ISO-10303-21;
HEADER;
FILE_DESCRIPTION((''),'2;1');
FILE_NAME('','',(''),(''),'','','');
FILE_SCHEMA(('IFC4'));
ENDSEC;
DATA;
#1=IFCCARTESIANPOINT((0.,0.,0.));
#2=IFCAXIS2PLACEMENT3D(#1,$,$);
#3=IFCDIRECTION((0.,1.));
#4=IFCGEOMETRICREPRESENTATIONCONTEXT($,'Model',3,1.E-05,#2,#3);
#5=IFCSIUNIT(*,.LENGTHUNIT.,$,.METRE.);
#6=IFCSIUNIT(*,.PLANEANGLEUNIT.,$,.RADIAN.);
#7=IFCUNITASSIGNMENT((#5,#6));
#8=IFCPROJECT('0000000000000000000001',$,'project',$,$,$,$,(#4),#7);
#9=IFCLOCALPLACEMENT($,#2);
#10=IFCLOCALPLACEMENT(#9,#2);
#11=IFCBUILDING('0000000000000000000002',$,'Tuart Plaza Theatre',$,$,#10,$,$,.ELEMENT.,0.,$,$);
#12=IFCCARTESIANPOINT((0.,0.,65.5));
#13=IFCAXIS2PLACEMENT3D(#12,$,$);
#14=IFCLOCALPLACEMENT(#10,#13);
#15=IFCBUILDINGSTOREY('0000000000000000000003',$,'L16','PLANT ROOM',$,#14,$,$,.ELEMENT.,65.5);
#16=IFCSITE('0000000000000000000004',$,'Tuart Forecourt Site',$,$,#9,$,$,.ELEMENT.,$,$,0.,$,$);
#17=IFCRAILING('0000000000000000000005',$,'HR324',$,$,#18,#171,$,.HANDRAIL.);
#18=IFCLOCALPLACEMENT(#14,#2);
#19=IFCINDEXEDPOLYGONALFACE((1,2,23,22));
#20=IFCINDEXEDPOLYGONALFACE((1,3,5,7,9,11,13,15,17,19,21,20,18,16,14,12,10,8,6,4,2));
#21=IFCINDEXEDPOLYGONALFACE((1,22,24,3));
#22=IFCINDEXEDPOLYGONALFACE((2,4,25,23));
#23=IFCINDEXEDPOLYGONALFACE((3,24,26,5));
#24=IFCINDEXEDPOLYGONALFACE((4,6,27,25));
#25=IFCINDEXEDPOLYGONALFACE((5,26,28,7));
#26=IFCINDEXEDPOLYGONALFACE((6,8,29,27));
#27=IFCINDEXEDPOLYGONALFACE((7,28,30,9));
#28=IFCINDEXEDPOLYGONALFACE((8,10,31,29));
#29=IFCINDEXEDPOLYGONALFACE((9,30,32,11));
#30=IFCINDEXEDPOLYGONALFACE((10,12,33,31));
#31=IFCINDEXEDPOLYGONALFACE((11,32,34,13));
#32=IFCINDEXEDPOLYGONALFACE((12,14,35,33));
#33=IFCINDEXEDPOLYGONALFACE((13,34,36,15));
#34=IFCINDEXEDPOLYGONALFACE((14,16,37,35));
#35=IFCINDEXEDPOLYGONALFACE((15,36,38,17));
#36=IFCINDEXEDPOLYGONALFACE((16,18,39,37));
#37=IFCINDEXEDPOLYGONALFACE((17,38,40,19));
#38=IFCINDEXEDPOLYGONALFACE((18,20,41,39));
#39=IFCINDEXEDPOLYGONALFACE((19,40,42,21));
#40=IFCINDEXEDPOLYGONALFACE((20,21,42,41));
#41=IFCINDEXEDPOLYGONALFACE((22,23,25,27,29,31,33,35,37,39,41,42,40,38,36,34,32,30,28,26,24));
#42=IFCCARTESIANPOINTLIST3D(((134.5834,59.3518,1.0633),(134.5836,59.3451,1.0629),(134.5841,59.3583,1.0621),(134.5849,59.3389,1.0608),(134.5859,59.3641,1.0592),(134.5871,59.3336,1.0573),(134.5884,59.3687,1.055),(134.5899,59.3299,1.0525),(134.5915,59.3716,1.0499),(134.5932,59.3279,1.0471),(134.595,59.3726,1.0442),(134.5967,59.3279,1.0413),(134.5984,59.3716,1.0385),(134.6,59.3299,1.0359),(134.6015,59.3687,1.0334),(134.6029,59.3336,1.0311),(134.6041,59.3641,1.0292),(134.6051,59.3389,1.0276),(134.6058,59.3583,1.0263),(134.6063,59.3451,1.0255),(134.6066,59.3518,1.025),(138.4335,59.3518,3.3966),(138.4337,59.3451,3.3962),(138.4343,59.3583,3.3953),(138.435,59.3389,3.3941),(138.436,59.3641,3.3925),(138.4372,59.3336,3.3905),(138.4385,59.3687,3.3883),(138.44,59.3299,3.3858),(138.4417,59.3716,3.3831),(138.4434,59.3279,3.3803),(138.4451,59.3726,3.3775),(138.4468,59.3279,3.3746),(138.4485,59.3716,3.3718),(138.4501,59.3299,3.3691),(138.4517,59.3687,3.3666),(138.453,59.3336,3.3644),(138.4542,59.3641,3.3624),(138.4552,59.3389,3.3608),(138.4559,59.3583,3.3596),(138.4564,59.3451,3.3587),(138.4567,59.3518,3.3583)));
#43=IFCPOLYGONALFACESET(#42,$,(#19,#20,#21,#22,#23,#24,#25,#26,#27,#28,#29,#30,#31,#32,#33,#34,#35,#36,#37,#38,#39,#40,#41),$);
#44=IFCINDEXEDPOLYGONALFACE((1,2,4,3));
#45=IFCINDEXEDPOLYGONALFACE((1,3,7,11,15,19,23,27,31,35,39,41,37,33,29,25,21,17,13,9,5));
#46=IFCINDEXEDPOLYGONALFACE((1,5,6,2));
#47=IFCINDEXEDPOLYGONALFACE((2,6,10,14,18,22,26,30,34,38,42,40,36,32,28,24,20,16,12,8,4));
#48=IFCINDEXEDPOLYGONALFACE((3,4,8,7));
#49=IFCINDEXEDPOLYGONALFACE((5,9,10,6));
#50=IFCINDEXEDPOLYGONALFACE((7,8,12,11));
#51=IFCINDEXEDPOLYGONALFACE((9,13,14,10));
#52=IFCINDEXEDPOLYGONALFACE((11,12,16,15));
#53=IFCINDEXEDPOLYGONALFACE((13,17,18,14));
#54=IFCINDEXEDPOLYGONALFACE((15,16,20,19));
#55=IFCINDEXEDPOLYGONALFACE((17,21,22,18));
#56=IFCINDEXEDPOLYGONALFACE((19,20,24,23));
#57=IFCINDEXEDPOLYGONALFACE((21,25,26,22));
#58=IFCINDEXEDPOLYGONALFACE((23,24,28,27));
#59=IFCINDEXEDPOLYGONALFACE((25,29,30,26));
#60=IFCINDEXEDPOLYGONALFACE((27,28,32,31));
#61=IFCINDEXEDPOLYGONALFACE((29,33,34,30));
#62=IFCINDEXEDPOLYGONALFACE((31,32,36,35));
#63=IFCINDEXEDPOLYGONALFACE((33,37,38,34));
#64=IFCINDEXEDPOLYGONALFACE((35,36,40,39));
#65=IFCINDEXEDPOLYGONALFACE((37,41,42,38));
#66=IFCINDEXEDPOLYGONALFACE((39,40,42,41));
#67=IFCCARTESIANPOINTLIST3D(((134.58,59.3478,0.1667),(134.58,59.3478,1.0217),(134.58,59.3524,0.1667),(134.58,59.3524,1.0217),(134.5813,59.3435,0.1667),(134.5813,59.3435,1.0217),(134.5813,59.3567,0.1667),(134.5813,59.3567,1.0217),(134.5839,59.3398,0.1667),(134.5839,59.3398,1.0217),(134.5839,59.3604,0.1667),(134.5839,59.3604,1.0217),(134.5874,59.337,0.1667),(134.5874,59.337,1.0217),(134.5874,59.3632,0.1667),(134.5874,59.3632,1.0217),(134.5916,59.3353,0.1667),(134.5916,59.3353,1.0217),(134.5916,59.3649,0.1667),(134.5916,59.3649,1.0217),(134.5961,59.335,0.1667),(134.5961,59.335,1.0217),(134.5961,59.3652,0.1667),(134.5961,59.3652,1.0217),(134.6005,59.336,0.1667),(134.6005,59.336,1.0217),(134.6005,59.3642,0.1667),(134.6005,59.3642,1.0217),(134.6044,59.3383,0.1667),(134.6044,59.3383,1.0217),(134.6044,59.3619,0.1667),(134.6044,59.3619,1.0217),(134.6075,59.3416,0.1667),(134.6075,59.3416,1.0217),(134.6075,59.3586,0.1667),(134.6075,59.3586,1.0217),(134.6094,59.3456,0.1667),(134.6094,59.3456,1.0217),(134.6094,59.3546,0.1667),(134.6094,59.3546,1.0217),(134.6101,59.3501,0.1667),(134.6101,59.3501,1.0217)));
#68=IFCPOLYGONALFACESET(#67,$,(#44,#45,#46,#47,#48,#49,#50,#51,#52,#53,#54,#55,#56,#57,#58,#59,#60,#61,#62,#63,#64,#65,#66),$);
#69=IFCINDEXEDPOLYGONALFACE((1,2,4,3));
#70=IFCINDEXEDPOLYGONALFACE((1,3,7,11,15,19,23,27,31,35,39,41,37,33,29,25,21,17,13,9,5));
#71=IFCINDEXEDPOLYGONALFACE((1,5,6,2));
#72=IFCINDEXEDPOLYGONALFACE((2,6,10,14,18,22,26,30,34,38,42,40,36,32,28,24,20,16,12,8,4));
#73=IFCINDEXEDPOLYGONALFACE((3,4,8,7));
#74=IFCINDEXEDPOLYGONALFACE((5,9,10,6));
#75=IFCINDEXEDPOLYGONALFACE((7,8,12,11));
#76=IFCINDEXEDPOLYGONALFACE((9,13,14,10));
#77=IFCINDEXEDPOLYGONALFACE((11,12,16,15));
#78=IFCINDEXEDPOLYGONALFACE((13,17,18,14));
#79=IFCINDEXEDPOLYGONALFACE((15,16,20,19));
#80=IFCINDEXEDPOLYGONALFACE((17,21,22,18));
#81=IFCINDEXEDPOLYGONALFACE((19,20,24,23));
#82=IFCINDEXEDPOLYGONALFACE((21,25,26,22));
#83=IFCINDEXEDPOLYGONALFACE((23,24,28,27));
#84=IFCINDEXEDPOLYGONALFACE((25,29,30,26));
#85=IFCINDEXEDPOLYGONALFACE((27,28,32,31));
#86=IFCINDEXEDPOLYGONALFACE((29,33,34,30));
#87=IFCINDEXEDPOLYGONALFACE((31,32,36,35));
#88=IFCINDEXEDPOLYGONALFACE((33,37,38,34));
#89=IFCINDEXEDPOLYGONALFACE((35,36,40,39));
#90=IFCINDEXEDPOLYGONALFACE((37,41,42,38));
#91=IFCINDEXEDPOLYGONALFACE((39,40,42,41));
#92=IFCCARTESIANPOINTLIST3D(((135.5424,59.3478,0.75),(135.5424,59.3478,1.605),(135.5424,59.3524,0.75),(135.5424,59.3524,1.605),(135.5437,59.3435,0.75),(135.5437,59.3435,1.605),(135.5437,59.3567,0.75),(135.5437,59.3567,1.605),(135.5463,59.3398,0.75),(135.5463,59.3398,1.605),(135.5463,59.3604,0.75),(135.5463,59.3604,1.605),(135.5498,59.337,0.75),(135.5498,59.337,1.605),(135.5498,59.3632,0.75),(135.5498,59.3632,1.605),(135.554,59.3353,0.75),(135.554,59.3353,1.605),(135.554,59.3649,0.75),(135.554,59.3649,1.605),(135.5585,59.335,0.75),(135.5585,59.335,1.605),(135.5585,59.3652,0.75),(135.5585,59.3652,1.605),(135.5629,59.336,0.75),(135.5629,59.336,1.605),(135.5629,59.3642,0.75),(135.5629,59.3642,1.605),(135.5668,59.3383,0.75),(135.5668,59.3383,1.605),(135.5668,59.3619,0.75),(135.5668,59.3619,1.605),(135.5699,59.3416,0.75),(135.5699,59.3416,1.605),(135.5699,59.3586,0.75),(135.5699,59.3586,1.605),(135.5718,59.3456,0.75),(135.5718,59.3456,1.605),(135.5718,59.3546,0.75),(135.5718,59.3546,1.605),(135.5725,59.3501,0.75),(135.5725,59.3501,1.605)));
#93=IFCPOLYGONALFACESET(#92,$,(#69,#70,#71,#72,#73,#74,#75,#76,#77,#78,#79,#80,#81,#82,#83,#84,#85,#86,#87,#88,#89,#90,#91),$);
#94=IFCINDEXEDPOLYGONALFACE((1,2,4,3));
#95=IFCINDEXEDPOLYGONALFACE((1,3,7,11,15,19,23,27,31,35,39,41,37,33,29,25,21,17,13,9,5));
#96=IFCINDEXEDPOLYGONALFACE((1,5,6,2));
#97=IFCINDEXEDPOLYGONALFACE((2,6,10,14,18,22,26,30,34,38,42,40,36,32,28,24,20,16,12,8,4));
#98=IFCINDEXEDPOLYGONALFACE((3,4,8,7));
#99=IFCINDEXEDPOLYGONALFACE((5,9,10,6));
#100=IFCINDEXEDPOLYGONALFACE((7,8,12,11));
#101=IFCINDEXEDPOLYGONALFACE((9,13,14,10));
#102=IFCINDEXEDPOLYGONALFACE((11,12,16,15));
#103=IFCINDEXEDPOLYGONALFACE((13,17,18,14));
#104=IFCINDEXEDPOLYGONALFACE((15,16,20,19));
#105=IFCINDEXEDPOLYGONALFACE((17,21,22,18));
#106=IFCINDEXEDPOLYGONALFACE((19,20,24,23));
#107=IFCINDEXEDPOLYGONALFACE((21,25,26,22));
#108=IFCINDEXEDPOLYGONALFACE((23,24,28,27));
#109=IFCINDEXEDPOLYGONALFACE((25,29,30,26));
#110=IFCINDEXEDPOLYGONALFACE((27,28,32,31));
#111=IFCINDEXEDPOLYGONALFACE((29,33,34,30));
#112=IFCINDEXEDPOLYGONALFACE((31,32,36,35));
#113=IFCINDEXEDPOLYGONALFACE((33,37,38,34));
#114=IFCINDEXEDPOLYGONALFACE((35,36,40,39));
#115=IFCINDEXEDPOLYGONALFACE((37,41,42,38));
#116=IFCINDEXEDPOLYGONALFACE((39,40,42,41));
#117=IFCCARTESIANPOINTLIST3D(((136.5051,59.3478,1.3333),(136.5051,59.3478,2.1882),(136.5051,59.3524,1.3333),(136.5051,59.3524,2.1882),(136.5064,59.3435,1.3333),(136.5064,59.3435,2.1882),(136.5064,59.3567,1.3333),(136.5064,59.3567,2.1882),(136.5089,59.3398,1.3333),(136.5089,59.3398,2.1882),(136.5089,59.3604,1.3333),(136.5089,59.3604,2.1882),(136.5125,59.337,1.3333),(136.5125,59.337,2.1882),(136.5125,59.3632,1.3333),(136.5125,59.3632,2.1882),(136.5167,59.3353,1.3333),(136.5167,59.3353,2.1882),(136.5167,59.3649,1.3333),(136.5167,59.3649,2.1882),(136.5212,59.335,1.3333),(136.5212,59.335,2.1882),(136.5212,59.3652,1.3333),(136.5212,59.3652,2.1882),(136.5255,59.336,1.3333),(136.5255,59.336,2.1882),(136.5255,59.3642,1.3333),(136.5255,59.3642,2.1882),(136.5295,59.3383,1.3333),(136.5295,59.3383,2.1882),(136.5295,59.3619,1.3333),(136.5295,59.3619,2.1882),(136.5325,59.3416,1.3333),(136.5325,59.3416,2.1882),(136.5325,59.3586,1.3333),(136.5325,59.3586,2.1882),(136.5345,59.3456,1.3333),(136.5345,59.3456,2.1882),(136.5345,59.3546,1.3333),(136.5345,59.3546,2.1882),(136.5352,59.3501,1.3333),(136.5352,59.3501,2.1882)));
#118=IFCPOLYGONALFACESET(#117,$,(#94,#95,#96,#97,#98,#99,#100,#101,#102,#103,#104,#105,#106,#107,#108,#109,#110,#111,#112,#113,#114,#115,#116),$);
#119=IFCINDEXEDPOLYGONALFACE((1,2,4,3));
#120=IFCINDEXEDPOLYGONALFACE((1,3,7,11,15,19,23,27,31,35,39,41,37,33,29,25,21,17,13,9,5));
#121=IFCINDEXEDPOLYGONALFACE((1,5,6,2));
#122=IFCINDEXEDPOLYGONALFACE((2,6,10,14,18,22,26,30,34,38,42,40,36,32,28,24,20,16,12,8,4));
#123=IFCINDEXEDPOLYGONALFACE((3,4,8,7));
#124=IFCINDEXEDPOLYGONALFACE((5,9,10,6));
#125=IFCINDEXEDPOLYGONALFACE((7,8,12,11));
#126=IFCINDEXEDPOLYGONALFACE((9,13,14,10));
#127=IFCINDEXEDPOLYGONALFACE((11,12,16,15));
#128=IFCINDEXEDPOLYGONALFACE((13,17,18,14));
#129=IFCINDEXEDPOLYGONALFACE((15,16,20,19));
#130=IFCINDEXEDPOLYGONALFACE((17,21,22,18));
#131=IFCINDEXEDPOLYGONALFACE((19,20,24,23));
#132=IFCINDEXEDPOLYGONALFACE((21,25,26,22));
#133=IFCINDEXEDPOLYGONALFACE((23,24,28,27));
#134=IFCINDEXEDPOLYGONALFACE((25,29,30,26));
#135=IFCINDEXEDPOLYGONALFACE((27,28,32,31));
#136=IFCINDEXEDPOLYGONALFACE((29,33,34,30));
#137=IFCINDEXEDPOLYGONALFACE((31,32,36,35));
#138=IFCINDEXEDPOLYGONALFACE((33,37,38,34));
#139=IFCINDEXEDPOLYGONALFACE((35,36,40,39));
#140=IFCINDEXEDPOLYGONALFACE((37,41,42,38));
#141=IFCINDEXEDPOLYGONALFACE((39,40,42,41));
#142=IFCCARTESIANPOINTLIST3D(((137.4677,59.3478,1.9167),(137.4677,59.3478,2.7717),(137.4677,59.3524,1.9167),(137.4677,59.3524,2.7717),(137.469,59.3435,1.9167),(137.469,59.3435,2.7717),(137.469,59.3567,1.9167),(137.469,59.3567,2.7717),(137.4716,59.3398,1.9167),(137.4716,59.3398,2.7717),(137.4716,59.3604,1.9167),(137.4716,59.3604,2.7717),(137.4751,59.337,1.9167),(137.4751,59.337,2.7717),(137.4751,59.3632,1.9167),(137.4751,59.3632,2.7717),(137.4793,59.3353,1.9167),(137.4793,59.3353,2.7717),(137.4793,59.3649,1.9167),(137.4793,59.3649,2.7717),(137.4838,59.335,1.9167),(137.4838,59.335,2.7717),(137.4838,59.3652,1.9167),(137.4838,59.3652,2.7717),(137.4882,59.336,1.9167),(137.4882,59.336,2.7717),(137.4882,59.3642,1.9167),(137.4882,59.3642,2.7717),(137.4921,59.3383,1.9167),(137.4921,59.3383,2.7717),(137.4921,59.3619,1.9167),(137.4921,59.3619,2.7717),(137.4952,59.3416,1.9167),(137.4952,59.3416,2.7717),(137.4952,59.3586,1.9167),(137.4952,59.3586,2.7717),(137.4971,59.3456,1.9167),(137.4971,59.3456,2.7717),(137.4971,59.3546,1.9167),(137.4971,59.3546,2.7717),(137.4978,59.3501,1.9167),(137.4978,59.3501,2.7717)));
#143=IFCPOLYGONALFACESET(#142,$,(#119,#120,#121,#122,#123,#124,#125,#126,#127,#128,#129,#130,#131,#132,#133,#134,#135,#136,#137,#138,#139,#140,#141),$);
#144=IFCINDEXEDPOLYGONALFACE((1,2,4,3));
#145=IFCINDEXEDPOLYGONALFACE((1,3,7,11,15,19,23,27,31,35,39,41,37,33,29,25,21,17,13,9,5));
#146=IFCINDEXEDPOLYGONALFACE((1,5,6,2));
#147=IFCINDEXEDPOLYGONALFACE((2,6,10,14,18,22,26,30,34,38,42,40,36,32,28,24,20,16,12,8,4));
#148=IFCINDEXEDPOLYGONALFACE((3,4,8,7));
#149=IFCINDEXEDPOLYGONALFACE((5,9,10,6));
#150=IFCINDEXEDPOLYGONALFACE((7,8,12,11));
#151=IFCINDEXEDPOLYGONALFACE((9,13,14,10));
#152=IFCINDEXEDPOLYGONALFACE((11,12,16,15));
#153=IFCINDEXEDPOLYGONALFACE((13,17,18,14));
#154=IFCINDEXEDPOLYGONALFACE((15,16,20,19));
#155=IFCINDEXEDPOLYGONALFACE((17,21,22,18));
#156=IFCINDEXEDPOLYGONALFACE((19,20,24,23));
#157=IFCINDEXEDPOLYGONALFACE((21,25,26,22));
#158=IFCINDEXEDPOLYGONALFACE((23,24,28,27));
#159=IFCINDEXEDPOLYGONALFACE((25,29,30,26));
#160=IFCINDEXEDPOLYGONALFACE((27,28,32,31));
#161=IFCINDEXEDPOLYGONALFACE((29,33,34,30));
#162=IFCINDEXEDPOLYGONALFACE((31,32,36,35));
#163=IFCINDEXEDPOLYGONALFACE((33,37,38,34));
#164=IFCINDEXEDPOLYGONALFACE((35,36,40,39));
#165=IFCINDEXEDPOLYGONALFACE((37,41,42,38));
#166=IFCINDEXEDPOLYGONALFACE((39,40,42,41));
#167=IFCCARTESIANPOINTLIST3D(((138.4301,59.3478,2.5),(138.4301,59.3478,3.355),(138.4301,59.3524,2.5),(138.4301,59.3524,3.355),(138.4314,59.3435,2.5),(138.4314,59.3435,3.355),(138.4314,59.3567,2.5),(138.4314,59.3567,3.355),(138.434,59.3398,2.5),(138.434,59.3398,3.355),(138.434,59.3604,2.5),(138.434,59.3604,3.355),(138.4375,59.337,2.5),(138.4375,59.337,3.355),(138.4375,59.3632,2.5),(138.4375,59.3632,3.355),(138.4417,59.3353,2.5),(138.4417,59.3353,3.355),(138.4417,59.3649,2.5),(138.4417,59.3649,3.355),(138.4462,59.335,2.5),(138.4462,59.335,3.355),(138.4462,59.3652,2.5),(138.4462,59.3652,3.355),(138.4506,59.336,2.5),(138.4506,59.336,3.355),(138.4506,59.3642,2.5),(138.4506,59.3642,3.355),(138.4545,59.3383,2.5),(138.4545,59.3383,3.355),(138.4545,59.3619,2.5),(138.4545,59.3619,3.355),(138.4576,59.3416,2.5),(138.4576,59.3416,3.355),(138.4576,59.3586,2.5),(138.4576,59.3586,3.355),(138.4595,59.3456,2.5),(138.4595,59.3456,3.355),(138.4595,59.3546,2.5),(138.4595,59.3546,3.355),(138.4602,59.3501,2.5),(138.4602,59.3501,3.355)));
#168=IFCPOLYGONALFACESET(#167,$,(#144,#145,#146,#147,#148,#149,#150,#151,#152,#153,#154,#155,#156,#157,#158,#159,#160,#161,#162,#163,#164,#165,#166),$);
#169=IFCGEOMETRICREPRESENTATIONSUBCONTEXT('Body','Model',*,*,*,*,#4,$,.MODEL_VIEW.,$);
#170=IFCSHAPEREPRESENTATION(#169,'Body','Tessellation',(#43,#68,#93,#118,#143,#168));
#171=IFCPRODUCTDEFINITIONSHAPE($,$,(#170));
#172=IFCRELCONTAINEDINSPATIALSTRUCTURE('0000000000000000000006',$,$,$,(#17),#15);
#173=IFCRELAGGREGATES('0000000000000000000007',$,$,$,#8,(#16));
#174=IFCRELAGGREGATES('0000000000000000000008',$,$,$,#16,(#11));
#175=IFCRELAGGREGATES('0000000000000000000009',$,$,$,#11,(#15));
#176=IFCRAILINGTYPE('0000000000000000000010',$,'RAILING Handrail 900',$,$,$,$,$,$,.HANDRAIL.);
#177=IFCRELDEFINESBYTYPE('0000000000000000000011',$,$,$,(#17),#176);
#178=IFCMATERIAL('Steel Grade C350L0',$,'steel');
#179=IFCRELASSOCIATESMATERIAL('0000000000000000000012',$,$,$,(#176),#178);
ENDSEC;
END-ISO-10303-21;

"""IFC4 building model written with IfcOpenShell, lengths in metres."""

from ifc_helpers import new_model, si_unit, direction, frame, origin, origin_2d, place, context, subcontext, project, spatial, circle, extrude, material, type_object, element, save


model = new_model("IFC4")

# Units and contexts
model_context = context("Model", 3, precision=1e-05, world=origin(), true_north=direction((0.0, 1.0)))
body_context = subcontext(model_context, "Body", "Model", "MODEL_VIEW")
ifc_project = project(units=[si_unit("LENGTHUNIT", "METRE"), si_unit("PLANEANGLEUNIT", "RADIAN")], contexts=[model_context])

# Site, building, storey
site_placement = place(None, origin())
site = spatial("IfcSite", under=ifc_project, at=site_placement, Name="Tuart Forecourt Site", CompositionType="ELEMENT", RefElevation=0.0)
building_placement = place(site_placement, origin())
building = spatial("IfcBuilding", under=site, at=building_placement, Name="Tuart Plaza Theatre", CompositionType="ELEMENT", ElevationOfRefHeight=0.0)
storey_placement = place(building_placement, frame((0.0, 0.0, 65.5)))
storey = spatial("IfcBuildingStorey", under=building, at=storey_placement, Name="L16", Description="PLANT ROOM", CompositionType="ELEMENT", Elevation=65.5)

# Railing
ifc_material_1 = material(Name="Steel Grade C350L0", Category="steel")
railing_type_1 = type_object("IfcRailingType", Name="RAILING Handrail 900", PredefinedType="HANDRAIL", material=ifc_material_1)
for number, where, name in (
    (1, (134.595, 59.3501, 0.1667), "HR324"),
):
    element("IfcRailing", number, at=place(storey_placement, frame(where)), inside=storey, type_object=railing_type_1, Name=name, PredefinedType="HANDRAIL", context=body_context, shape_type="SweptSolid", body=[
        extrude(circle(Radius=0.0225, at=origin_2d()), frame((0.0, 0.0, 0.8774), z_axis=(0.855212, 0.0, 0.518279), x_axis=(0.0, 1.0, 0.0)), (0.0, 0.0, 1.0), 4.502),
        extrude(circle(Radius=0.0151, at=origin_2d()), origin(), (0.0, 0.0, 1.0), 0.855),
        extrude(circle(Radius=0.0151, at=origin_2d()), frame((0.9624, 0.0, 0.5833)), (0.0, 0.0, 1.0), 0.855),
        extrude(circle(Radius=0.0151, at=origin_2d()), frame((1.925, 0.0, 1.1665)), (0.0, 0.0, 1.0), 0.855),
        extrude(circle(Radius=0.0151, at=origin_2d()), frame((2.8877, 0.0, 1.75)), (0.0, 0.0, 1.0), 0.855),
        extrude(circle(Radius=0.0151, at=origin_2d()), frame((3.8501, 0.0, 2.3333)), (0.0, 0.0, 1.0), 0.855),
    ])

save(model, "model.ifc")
